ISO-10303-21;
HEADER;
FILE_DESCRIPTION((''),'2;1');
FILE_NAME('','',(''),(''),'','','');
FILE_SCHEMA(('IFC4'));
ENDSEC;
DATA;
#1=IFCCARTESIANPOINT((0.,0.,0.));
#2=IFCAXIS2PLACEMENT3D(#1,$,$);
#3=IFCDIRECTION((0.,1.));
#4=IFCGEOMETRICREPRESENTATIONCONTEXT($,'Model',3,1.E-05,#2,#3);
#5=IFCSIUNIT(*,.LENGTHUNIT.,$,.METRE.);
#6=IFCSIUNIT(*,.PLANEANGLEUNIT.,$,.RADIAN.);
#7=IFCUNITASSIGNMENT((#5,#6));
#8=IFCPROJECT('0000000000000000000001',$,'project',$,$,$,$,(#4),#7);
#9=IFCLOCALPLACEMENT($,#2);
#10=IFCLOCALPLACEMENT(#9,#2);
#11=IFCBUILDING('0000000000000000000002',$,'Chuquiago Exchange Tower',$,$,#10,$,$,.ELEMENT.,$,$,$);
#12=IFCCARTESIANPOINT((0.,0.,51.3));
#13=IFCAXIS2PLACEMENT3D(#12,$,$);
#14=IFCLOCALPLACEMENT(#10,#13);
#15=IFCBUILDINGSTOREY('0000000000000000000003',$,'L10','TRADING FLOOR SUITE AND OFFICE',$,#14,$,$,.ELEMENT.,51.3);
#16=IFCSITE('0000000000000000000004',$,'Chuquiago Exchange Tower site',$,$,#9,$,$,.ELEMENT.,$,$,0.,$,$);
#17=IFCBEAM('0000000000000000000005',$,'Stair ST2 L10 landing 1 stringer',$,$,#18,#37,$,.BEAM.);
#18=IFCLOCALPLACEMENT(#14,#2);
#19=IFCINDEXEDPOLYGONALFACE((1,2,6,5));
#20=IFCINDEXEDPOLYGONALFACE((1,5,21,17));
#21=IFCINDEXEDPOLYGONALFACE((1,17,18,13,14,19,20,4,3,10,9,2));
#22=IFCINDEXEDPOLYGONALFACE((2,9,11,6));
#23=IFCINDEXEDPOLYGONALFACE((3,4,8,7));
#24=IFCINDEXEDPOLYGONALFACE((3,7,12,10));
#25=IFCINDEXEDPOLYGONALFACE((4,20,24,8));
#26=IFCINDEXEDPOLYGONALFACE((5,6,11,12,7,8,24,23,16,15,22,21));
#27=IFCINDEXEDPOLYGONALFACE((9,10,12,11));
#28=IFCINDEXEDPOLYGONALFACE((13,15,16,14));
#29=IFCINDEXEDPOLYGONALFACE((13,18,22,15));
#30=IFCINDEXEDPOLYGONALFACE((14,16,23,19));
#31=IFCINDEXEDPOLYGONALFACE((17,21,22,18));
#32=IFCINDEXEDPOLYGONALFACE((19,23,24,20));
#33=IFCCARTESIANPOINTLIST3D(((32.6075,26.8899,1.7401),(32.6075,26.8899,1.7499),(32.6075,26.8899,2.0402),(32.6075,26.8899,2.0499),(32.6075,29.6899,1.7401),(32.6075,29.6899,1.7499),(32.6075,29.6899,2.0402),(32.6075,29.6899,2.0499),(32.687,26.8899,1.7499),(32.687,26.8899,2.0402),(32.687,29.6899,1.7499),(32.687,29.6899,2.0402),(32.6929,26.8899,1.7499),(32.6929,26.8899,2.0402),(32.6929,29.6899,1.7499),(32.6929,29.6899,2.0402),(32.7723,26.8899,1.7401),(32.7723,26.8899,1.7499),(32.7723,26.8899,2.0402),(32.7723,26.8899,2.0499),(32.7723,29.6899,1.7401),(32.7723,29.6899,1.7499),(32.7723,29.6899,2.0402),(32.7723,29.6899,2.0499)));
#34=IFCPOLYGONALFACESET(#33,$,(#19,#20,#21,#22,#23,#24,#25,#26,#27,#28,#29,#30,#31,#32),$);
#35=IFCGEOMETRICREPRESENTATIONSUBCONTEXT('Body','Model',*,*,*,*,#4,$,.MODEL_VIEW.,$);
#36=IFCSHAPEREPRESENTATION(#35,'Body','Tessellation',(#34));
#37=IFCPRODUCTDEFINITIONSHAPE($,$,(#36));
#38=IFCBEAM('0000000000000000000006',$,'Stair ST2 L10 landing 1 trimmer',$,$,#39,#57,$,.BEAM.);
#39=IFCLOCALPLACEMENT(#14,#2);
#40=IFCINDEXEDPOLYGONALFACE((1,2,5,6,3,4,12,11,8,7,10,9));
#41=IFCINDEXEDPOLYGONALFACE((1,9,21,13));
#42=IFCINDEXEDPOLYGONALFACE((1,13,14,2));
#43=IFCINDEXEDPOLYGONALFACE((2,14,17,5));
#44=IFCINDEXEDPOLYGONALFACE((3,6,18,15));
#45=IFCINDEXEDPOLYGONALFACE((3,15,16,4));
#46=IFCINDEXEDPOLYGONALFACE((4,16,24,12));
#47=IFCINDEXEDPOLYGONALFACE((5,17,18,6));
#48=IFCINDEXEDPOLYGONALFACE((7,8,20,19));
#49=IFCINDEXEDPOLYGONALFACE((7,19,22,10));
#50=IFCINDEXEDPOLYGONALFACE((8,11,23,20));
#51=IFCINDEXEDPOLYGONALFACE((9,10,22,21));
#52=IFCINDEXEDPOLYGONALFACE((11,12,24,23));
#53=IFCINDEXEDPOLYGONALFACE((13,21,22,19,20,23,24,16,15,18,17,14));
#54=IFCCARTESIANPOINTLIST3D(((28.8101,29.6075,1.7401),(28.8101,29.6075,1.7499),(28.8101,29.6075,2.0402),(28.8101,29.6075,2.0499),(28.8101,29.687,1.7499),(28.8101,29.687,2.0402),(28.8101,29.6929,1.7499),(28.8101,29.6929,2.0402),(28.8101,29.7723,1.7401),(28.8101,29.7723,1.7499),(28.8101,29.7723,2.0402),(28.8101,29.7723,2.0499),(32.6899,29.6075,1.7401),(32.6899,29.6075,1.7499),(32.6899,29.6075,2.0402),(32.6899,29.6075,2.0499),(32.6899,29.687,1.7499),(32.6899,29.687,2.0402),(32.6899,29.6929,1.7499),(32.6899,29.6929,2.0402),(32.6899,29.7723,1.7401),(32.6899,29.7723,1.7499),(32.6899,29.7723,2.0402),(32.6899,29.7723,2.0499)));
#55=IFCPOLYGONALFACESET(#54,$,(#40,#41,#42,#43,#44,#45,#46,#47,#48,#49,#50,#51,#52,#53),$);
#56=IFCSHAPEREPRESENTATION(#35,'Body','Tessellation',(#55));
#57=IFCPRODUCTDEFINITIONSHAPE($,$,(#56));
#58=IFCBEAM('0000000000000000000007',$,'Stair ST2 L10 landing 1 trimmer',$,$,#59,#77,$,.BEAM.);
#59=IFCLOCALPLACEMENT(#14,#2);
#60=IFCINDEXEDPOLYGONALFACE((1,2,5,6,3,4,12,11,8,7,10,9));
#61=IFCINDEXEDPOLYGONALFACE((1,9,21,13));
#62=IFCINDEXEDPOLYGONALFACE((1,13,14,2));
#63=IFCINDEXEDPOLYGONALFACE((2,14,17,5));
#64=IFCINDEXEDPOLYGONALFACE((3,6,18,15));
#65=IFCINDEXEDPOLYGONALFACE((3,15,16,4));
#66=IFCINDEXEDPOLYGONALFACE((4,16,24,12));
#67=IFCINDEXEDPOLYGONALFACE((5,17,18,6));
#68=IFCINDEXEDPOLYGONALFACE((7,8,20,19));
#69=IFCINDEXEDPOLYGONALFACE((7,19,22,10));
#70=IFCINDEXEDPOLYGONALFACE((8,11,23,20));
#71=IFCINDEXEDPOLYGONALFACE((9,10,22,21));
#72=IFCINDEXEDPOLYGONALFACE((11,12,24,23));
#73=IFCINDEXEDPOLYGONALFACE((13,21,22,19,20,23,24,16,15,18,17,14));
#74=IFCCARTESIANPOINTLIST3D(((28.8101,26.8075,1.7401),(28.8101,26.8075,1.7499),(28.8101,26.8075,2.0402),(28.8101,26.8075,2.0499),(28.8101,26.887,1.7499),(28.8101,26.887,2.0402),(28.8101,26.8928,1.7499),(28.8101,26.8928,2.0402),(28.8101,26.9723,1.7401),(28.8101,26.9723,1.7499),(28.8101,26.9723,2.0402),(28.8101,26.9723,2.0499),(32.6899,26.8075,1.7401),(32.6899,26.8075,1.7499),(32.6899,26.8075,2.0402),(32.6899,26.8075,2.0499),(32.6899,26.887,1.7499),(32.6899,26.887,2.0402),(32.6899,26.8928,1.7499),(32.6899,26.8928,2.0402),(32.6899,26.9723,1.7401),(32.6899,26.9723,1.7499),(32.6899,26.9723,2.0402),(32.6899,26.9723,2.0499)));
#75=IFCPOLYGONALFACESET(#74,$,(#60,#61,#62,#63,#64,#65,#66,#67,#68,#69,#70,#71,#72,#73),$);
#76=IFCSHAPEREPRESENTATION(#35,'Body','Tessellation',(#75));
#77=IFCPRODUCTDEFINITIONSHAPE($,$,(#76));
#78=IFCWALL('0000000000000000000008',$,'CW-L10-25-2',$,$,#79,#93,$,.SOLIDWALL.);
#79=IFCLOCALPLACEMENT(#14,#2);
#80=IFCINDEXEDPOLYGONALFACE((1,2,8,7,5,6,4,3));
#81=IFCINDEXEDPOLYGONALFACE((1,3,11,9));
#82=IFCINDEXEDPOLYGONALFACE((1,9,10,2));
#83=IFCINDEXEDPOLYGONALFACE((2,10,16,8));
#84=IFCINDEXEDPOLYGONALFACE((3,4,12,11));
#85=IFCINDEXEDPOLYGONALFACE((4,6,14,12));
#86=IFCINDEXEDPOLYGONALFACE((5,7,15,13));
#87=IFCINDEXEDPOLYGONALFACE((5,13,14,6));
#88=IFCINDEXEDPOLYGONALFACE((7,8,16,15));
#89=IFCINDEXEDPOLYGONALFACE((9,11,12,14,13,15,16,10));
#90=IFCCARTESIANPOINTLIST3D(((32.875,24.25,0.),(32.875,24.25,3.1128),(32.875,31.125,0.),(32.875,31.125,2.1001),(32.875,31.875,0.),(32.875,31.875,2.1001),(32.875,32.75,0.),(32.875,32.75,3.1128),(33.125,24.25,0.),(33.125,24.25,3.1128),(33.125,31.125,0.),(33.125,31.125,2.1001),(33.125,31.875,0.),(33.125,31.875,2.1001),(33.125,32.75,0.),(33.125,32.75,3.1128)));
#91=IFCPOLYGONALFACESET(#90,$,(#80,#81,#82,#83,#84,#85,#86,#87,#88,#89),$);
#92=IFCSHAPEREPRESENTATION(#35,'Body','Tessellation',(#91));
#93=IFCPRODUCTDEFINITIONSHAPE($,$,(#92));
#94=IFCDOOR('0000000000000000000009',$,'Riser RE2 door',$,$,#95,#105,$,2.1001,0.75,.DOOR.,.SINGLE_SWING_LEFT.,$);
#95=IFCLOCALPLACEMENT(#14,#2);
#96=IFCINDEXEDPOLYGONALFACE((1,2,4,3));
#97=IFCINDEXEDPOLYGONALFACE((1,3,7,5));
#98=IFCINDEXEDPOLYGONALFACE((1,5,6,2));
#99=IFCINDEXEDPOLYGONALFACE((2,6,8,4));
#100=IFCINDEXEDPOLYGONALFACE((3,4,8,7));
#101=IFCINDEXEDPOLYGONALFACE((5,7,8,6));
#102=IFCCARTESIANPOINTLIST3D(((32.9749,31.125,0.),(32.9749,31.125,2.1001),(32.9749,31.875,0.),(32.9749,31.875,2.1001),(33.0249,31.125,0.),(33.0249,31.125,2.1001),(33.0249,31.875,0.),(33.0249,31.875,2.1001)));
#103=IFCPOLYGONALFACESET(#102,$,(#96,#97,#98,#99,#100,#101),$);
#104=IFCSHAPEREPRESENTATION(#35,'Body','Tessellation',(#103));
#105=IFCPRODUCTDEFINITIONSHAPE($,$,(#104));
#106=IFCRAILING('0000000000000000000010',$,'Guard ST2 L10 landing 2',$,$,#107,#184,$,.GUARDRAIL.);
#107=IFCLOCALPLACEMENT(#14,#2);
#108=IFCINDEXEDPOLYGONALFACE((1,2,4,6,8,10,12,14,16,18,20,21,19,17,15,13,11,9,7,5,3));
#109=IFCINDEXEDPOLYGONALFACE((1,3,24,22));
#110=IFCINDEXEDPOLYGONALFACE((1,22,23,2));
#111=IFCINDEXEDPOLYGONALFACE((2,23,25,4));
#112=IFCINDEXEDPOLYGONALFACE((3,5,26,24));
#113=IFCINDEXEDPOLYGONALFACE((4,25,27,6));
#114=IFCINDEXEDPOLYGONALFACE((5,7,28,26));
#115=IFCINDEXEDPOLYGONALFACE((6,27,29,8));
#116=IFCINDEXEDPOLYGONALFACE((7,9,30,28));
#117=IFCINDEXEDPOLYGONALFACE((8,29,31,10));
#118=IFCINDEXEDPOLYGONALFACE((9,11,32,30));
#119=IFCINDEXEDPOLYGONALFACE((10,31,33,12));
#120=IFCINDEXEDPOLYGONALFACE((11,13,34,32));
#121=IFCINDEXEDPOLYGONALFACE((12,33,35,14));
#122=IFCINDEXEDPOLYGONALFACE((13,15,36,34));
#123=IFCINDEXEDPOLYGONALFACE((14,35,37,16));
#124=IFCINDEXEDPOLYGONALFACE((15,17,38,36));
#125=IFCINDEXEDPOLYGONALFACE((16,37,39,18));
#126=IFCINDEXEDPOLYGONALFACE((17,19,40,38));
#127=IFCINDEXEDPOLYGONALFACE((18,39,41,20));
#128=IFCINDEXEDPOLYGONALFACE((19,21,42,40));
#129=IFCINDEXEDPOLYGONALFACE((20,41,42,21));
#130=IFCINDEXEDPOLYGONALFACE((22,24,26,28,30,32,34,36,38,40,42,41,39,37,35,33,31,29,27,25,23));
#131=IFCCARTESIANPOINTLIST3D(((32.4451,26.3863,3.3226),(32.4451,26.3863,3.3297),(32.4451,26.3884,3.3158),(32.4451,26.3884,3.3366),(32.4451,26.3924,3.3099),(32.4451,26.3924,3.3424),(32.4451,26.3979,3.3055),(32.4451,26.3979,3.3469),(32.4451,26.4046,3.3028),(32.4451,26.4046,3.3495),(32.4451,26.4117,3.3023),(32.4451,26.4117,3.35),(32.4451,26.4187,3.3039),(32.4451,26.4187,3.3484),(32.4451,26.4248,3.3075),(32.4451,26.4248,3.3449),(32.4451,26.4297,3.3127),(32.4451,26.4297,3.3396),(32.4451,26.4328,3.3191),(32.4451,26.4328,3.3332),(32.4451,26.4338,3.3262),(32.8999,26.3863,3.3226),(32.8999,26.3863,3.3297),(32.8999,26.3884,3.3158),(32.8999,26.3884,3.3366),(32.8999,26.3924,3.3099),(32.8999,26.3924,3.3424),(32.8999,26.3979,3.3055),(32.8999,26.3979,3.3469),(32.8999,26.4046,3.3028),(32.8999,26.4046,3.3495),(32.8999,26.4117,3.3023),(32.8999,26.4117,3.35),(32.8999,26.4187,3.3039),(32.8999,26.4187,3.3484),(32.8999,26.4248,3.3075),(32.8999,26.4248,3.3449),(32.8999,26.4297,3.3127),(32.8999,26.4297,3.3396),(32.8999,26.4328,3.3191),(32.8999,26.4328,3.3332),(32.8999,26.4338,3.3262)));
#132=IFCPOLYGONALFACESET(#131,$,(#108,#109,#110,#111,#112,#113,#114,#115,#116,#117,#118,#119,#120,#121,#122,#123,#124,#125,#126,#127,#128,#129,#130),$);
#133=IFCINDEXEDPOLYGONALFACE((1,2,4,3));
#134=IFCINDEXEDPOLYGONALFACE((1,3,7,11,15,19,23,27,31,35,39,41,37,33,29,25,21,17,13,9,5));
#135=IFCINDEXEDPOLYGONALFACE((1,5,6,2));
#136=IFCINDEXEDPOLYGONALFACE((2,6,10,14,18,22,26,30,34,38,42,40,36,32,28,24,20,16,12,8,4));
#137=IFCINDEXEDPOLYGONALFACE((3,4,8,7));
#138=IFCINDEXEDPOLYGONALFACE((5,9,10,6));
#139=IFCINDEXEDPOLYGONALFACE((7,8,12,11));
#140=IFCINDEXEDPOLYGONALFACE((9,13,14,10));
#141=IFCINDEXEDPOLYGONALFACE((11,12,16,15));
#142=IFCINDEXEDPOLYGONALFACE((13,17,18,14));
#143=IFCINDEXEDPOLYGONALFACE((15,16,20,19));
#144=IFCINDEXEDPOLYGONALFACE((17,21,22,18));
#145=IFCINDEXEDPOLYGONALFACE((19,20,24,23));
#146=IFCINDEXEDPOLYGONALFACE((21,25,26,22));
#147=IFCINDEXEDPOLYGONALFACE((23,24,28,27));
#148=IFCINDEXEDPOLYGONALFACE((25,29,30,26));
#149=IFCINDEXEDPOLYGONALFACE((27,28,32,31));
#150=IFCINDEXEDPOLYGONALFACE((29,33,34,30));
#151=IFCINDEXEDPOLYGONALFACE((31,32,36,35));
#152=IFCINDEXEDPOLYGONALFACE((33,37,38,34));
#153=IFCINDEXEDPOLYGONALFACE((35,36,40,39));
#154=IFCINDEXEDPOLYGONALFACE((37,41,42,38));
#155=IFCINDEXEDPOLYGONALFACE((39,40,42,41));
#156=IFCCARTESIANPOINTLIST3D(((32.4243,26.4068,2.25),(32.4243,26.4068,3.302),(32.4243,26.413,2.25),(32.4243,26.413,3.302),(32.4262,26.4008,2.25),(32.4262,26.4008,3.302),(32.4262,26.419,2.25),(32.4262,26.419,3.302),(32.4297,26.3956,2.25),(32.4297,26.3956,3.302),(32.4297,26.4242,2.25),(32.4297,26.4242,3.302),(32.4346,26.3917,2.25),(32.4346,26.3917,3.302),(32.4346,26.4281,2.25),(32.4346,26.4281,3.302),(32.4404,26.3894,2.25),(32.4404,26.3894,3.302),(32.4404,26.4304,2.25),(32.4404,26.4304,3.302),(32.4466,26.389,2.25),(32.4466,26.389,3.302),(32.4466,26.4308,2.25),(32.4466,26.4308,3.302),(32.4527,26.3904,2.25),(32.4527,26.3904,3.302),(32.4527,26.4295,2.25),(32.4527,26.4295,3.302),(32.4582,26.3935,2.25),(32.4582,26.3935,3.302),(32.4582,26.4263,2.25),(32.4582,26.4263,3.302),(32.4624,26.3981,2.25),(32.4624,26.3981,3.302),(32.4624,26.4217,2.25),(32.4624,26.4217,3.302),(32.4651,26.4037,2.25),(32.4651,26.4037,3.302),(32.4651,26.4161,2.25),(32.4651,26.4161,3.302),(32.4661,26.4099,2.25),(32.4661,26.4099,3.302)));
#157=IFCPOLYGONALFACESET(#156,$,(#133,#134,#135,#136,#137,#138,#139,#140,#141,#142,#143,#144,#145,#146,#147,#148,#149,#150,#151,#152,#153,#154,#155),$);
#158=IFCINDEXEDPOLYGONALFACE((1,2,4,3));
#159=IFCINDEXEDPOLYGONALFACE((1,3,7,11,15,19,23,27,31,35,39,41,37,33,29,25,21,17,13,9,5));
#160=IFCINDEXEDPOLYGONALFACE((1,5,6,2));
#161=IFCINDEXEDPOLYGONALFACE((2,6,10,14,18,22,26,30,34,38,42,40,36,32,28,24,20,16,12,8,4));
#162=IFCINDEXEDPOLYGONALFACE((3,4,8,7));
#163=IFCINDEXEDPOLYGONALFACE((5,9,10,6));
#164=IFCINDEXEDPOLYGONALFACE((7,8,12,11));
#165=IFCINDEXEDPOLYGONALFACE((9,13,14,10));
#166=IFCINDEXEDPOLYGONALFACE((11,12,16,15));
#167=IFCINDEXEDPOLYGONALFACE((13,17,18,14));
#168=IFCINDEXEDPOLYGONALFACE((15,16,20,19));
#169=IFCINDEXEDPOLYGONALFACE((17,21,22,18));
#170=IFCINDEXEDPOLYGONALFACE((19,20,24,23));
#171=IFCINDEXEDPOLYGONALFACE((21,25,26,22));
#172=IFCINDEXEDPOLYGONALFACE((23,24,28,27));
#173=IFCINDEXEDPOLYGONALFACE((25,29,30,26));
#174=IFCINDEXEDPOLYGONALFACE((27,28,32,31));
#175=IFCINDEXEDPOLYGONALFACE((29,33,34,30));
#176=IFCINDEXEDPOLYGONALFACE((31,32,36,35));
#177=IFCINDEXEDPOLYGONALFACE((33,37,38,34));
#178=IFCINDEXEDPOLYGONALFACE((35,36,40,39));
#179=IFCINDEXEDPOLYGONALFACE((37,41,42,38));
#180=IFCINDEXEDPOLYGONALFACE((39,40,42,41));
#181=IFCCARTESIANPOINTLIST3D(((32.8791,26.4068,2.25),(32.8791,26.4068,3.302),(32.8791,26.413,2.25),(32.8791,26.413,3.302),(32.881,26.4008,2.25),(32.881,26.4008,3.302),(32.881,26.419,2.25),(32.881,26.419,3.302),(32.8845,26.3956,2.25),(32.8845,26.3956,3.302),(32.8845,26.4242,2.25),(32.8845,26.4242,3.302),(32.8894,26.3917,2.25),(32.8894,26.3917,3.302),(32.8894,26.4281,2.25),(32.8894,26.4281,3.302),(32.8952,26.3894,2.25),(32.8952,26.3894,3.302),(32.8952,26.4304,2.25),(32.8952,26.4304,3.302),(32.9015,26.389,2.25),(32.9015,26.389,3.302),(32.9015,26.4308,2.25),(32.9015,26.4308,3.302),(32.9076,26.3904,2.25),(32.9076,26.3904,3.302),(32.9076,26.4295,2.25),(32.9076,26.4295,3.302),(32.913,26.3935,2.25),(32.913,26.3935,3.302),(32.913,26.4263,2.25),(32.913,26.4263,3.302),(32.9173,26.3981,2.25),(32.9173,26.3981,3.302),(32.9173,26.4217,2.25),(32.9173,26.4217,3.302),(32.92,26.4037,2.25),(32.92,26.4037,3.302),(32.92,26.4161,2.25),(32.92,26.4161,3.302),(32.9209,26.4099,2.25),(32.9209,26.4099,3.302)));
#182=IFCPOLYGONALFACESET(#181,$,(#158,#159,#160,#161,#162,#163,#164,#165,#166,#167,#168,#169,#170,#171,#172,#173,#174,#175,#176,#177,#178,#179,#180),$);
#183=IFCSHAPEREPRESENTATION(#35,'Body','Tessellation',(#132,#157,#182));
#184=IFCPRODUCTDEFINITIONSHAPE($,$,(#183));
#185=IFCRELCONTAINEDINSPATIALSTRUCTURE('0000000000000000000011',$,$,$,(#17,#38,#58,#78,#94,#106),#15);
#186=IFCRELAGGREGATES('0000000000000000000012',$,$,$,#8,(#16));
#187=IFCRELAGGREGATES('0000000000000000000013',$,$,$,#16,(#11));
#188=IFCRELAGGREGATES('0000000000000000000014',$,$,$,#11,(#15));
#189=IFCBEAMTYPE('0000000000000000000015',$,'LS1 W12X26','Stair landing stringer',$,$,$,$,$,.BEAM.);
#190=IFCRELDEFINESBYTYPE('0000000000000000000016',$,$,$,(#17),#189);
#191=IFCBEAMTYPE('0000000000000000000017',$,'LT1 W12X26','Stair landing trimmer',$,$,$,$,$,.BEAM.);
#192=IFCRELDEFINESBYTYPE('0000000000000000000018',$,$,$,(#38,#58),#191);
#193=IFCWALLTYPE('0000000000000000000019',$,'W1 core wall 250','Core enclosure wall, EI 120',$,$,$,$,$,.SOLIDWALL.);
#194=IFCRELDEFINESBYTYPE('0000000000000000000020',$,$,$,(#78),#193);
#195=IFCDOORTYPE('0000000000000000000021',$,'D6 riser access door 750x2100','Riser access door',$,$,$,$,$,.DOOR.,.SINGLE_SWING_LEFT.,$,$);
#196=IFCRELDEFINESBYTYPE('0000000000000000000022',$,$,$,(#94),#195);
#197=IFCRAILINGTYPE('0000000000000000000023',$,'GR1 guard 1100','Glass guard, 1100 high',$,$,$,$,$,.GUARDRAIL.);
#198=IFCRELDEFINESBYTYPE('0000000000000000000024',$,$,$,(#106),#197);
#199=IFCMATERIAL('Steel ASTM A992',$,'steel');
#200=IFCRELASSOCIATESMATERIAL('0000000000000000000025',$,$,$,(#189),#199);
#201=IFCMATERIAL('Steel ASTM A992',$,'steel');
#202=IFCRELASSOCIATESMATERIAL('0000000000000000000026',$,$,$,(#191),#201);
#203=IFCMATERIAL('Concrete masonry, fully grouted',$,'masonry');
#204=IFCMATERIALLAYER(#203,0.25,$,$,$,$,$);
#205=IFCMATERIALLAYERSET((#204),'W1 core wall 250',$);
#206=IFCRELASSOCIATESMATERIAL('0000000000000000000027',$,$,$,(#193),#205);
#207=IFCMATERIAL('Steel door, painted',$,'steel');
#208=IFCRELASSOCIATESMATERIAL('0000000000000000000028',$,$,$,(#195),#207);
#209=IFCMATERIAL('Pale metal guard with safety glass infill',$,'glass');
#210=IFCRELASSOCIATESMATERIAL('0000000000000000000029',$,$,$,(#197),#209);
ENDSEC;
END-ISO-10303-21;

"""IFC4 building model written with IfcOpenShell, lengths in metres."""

from ifc_helpers import new_model, si_unit, direction, frame, frame_2d, origin, origin_2d, place, context, subcontext, project, spatial, rectangle, circle, i_section, extrude, material, layer, layer_set, material_profile, profile_set, type_object, element, fill, save


model = new_model("IFC4")

# Units and contexts
model_context = context("Model", 3, precision=1e-05, world=origin(), true_north=direction((0.0, 1.0)))
body_context = subcontext(model_context, "Body", "Model", "MODEL_VIEW")
ifc_project = project(units=[si_unit("LENGTHUNIT", "METRE"), si_unit("PLANEANGLEUNIT", "RADIAN")], contexts=[model_context])

# Site, building, storey
site_placement = place(None, origin())
site = spatial("IfcSite", under=ifc_project, at=site_placement, Name="Chuquiago Exchange Tower site", CompositionType="ELEMENT", RefElevation=0.0)
building_placement = place(site_placement, origin())
building = spatial("IfcBuilding", under=site, at=building_placement, Name="Chuquiago Exchange Tower", CompositionType="ELEMENT")
storey_placement = place(building_placement, frame((0.0, 0.0, 51.3)))
storey = spatial("IfcBuildingStorey", under=building, at=storey_placement, Name="L10", Description="TRADING FLOOR SUITE AND OFFICE", CompositionType="ELEMENT", Elevation=51.3)

# Beams
ifc_material_1 = material(Name="Steel ASTM A992", Category="steel")
ifc_material_profile_1 = material_profile(ifc_material_1, i_section(OverallWidth=0.1648, OverallDepth=0.3098, WebThickness=0.0059, FlangeThickness=0.0098, at=origin_2d()), Name="W12X26")
ifc_profile_set_1 = profile_set([ifc_material_profile_1], Name="Steel ASTM A992")
beam_type_1 = type_object("IfcBeamType", Name="LS1 W12X26", Description="Stair landing stringer", PredefinedType="BEAM", material=ifc_profile_set_1)
for number, where, z_axis, x_axis, name in (
    (1, (32.6899, 26.8899, 1.895), (0.0, 1.0, 0.0), (-1.0, 0.0, 0.0), "Stair ST2 L10 landing 1 stringer"),
):
    element("IfcBeam", number, at=place(storey_placement, frame(where, z_axis=z_axis, x_axis=x_axis)), inside=storey, type_object=beam_type_1, Name=name, PredefinedType="BEAM", context=body_context, shape_type="SweptSolid", body=[
        extrude(i_section(OverallWidth=0.1648, OverallDepth=0.3098, WebThickness=0.0059, FlangeThickness=0.0098, at=origin_2d()), origin(), (0.0, 0.0, 1.0), 2.8),
    ])
ifc_material_2 = material(Name="Steel ASTM A992", Category="steel")
ifc_material_profile_2 = material_profile(ifc_material_2, i_section(OverallWidth=0.1648, OverallDepth=0.3098, WebThickness=0.0059, FlangeThickness=0.0098, at=origin_2d()), Name="W12X26")
ifc_profile_set_2 = profile_set([ifc_material_profile_2], Name="Steel ASTM A992")
beam_type_2 = type_object("IfcBeamType", Name="LT1 W12X26", Description="Stair landing trimmer", PredefinedType="BEAM", material=ifc_profile_set_2)
for number, where, z_axis, x_axis, name in (
    (2, (28.8101, 29.6899, 1.895), (1.0, 0.0, 0.0), (0.0, 1.0, 0.0), "Stair ST2 L10 landing 1 trimmer"),
    (3, (28.8101, 26.8899, 1.895), (1.0, 0.0, 0.0), (0.0, 1.0, 0.0), "Stair ST2 L10 landing 1 trimmer"),
):
    element("IfcBeam", number, at=place(storey_placement, frame(where, z_axis=z_axis, x_axis=x_axis)), inside=storey, type_object=beam_type_2, Name=name, PredefinedType="BEAM", context=body_context, shape_type="SweptSolid", body=[
        extrude(i_section(OverallWidth=0.1648, OverallDepth=0.3098, WebThickness=0.0059, FlangeThickness=0.0098, at=origin_2d()), origin(), (0.0, 0.0, 1.0), 3.8799),
    ])

# Wall, opening, door
ifc_material_3 = material(Name="Concrete masonry, fully grouted", Category="masonry")
ifc_layer = layer(ifc_material_3, 0.25)
ifc_layer_set = layer_set([ifc_layer], Name="W1 core wall 250")
wall_type = type_object("IfcWallType", Name="W1 core wall 250", Description="Core enclosure wall, EI 120", PredefinedType="SOLIDWALL", material=ifc_layer_set)
wall_placement = place(storey_placement, frame((33.0, 24.25, 0.0), z_axis=(0.0, 0.0, 1.0), x_axis=(0.0, 1.0, 0.0)))
wall = element("IfcWall", 4, at=wall_placement, inside=storey, type_object=wall_type, Name="CW-L10-25-2", PredefinedType="SOLIDWALL", context=body_context, shape_type="SweptSolid", body=[
    extrude(rectangle(XDim=8.5, YDim=0.25, at=frame_2d((4.25, 0.0))), origin(), (0.0, 0.0, 1.0), 3.1128),
])
opening_placement = place(wall_placement, frame((6.875, 0.0, 0.0)))
opening = element("IfcOpeningElement", 5, at=opening_placement, cuts=wall, PredefinedType="OPENING", context=body_context, shape_type="SweptSolid", body=[
    extrude(rectangle(XDim=0.75, YDim=2.1001, at=frame_2d((0.375, 1.05))), frame((0.0, 0.135, 0.0), z_axis=(0.0, -1.0, 0.0), x_axis=(1.0, 0.0, 0.0)), (0.0, 0.0, 1.0), 0.27),
])
ifc_material_4 = material(Name="Steel door, painted", Category="steel")
door_type = type_object("IfcDoorType", Name="D6 riser access door 750x2100", Description="Riser access door", OperationType="SINGLE_SWING_LEFT", PredefinedType="DOOR", material=ifc_material_4)
door_placement = place(opening_placement, frame((0.75, 0.0, 0.0), z_axis=(0.0, 0.0, 1.0), x_axis=(-1.0, 0.0, 0.0)))
door = element("IfcDoor", 6, at=door_placement, inside=storey, type_object=door_type, Name="Riser RE2 door", OperationType="SINGLE_SWING_LEFT", OverallHeight=2.1001, OverallWidth=0.75, PredefinedType="DOOR", context=body_context, shape_type="SweptSolid", body=[
    extrude(rectangle(XDim=0.75, YDim=2.1001, at=frame_2d((0.375, 1.05))), frame((0.0, 0.0249, 0.0), z_axis=(0.0, -1.0, 0.0), x_axis=(1.0, 0.0, 0.0)), (0.0, 0.0, 1.0), 0.05),
])
fill(opening, door)

# Railing
ifc_material_5 = material(Name="Pale metal guard with safety glass infill", Category="glass")
railing_type_1 = type_object("IfcRailingType", Name="GR1 guard 1100", Description="Glass guard, 1100 high", PredefinedType="GUARDRAIL", material=ifc_material_5)
railing_placement = place(storey_placement, frame((32.4451, 26.4099, 2.25)))
element("IfcRailing", 7, at=railing_placement, inside=storey, type_object=railing_type_1, Name="Guard ST2 L10 landing 2", PredefinedType="GUARDRAIL", context=body_context, shape_type="SweptSolid", body=[
    extrude(circle(Radius=0.0239, at=origin_2d()), frame((0.0, 0.0, 1.0762), z_axis=(1.0, 0.0, 0.0), x_axis=(0.0, 1.0, 0.0)), (0.0, 0.0, 1.0), 0.4548),
    extrude(circle(Radius=0.021, at=origin_2d()), origin(), (0.0, 0.0, 1.0), 1.052),
    extrude(circle(Radius=0.021, at=origin_2d()), frame((0.4548, 0.0, 0.0)), (0.0, 0.0, 1.0), 1.052),
])

save(model, "model.ifc")
